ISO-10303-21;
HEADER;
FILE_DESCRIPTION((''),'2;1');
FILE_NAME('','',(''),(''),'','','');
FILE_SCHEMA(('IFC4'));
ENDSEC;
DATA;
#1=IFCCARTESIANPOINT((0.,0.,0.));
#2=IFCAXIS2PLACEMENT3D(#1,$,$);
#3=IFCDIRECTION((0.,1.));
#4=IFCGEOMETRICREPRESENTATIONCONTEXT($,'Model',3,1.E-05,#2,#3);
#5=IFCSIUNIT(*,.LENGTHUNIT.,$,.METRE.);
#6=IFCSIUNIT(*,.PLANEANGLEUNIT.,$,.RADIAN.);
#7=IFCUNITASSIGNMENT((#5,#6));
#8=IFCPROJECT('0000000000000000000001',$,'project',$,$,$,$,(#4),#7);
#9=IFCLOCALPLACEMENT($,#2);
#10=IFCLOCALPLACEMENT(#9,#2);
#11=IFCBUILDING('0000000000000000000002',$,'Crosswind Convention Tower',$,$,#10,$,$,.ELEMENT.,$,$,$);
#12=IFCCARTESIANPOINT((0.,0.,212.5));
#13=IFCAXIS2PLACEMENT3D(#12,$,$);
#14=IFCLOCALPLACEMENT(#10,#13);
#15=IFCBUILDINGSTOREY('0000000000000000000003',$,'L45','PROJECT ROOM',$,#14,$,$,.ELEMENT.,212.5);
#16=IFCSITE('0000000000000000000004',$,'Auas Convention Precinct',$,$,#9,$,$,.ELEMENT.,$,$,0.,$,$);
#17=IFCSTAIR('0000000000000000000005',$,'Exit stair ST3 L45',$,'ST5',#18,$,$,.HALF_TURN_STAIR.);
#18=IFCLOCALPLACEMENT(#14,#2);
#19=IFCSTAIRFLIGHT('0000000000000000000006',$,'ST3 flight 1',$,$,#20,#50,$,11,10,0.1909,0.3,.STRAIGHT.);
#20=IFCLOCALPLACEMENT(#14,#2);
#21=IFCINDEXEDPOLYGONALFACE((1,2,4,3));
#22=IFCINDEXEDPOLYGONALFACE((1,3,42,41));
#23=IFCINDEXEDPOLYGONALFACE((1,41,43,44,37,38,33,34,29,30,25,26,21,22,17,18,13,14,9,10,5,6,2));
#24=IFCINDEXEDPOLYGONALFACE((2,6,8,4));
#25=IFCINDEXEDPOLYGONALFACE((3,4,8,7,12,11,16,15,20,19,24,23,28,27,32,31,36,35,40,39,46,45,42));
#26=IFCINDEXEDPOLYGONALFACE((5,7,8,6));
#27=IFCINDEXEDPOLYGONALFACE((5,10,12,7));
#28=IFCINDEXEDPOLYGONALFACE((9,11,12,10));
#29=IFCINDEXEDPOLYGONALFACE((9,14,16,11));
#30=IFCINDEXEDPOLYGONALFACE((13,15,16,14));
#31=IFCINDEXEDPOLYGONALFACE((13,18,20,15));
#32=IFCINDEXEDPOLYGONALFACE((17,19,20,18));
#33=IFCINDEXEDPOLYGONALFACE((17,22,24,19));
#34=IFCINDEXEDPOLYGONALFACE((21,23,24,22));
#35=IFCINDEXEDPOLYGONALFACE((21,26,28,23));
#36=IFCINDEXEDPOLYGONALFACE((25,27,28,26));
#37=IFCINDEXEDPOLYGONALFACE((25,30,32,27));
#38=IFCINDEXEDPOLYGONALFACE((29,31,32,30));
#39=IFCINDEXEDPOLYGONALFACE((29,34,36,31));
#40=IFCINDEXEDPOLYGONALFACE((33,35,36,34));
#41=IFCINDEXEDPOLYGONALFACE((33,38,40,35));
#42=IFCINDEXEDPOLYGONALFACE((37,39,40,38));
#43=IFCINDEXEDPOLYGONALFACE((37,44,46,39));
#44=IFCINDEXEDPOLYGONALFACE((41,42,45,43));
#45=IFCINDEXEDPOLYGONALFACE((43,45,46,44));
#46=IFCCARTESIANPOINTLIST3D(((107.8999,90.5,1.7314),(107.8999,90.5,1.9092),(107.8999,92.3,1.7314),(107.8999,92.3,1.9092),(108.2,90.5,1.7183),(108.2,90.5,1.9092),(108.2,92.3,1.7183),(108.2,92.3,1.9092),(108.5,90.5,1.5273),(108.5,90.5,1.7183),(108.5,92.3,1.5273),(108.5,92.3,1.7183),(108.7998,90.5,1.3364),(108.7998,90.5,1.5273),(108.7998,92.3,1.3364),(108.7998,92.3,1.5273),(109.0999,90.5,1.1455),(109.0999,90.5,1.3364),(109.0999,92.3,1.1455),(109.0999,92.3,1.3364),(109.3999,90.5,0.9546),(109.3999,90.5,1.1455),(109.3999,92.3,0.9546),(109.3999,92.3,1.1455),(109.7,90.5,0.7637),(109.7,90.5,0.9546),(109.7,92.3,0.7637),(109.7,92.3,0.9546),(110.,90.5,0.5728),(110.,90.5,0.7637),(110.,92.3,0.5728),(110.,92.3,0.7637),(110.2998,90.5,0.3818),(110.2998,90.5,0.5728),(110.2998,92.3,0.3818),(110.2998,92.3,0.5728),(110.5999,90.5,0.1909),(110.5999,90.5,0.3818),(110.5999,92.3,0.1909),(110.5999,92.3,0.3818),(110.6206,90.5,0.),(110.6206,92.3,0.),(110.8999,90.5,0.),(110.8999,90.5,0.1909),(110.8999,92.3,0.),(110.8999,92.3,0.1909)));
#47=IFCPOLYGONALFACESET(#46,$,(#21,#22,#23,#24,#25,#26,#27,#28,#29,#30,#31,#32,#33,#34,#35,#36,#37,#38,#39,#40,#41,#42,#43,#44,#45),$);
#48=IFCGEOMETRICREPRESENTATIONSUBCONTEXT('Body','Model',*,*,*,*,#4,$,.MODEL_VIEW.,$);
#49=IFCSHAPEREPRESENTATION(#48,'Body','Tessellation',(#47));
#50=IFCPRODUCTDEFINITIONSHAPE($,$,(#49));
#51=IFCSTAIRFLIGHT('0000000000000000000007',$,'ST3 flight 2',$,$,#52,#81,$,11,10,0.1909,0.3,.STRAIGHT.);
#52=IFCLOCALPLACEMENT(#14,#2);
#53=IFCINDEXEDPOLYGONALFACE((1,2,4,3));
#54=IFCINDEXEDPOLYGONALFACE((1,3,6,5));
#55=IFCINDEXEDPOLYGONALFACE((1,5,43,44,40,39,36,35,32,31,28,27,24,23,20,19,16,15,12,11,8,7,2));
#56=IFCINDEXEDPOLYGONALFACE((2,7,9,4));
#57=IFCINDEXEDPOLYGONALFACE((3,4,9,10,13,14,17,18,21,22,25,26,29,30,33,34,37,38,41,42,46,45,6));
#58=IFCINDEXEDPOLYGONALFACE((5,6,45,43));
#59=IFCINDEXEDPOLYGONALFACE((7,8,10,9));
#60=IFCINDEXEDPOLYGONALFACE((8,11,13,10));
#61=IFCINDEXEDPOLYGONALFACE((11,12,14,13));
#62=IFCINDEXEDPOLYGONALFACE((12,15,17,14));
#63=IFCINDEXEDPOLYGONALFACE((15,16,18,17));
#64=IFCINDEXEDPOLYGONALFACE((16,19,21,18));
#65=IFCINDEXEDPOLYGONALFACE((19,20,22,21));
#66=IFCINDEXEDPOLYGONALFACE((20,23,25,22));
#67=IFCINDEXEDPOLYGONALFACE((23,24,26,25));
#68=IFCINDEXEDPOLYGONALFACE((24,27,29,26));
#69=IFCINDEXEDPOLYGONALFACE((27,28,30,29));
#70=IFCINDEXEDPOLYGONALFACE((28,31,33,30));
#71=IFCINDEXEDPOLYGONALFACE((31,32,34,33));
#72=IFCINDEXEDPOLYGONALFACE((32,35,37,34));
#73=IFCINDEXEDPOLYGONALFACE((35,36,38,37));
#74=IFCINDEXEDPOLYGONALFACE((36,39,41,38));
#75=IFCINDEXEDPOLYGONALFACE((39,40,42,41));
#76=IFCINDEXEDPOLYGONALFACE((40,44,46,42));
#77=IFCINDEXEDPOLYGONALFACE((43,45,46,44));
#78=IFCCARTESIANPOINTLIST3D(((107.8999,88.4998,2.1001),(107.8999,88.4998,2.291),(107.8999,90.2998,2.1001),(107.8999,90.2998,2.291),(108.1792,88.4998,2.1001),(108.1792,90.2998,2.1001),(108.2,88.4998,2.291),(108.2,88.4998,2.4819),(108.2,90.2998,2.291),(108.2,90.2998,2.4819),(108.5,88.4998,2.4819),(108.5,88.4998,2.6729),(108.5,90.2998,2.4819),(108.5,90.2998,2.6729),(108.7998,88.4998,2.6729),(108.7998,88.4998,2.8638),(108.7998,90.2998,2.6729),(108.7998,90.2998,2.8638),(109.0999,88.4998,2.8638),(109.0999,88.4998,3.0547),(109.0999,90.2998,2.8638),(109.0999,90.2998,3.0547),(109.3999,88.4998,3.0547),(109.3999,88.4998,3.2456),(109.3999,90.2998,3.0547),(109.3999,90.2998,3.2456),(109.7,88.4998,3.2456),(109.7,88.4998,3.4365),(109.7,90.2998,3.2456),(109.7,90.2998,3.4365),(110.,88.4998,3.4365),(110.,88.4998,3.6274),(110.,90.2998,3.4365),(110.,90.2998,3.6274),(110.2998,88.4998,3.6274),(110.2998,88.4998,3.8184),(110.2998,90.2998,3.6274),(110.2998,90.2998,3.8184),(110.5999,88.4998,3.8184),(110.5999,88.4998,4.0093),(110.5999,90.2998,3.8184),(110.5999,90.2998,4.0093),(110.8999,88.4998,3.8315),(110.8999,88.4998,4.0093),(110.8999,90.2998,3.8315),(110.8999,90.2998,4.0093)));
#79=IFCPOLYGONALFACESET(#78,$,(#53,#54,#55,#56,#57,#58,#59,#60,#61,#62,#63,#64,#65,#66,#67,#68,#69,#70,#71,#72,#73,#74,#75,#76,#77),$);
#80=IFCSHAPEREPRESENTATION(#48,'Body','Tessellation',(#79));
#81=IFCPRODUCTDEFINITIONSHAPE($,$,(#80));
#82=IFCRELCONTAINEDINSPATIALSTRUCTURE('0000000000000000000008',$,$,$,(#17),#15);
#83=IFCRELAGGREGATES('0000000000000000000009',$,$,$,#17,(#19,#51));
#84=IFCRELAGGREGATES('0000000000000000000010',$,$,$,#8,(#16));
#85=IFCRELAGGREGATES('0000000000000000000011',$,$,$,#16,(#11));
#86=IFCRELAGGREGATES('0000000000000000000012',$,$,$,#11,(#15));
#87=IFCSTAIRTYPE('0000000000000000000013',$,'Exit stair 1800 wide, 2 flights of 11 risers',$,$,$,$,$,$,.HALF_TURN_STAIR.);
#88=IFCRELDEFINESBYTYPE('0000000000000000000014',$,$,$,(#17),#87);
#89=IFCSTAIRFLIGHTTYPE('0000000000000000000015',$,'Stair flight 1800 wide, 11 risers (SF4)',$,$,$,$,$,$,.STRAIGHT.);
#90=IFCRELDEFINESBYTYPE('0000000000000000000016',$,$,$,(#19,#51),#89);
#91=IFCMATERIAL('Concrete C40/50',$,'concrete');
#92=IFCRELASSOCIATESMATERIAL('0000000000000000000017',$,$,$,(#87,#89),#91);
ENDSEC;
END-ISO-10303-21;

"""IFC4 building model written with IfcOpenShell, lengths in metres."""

from ifc_helpers import new_model, si_unit, direction, frame, origin, place, context, subcontext, project, spatial, polyline, outline, extrude, material, type_object, element, aggregate, save


model = new_model("IFC4")

# Units and contexts
model_context = context("Model", 3, precision=1e-05, world=origin(), true_north=direction((0.0, 1.0)))
body_context = subcontext(model_context, "Body", "Model", "MODEL_VIEW")
ifc_project = project(units=[si_unit("LENGTHUNIT", "METRE"), si_unit("PLANEANGLEUNIT", "RADIAN")], contexts=[model_context])

# Site, building, storey
site_placement = place(None, origin())
site = spatial("IfcSite", under=ifc_project, at=site_placement, Name="Auas Convention Precinct", CompositionType="ELEMENT", RefElevation=0.0)
building_placement = place(site_placement, origin())
building = spatial("IfcBuilding", under=site, at=building_placement, Name="Crosswind Convention Tower", CompositionType="ELEMENT")
storey_placement = place(building_placement, frame((0.0, 0.0, 212.5)))
storey = spatial("IfcBuildingStorey", under=building, at=storey_placement, Name="L45", Description="PROJECT ROOM", CompositionType="ELEMENT", Elevation=212.5)

# Shared definitions
ifc_material_1 = material(Name="Concrete C40/50", Category="concrete")

# Stair
stair_type = type_object("IfcStairType", Name="Exit stair 1800 wide, 2 flights of 11 risers", PredefinedType="HALF_TURN_STAIR", material=ifc_material_1)
stair_1_placement = place(storey_placement, origin())
stair_1 = element("IfcStair", 1, at=stair_1_placement, inside=storey, type_object=stair_type, Name="Exit stair ST3 L45", ObjectType="ST5", PredefinedType="HALF_TURN_STAIR")

# Stair flights
stair_flight_type = type_object("IfcStairFlightType", Name="Stair flight 1800 wide, 11 risers (SF4)", PredefinedType="STRAIGHT", material=ifc_material_1)
stair_flight_1_placement = place(storey_placement, frame((110.8999, 91.3999, 0.0), z_axis=(0.0, 0.0, 1.0), x_axis=(-1.0, 0.0, 0.0)))
stair_flight_1 = element("IfcStairFlight", 2, at=stair_flight_1_placement, type_object=stair_flight_type, Name="ST3 flight 1", NumberOfRisers=11, NumberOfTreads=10, PredefinedType="STRAIGHT", RiserHeight=0.1909, TreadLength=0.3, context=body_context, shape_type="SweptSolid", body=[
    extrude(outline(polyline([(0.0, 0.0), (0.0, 0.1909), (0.3, 0.1909), (0.3, 0.3818), (0.6001, 0.3818), (0.6001, 0.5728), (0.8999, 0.5728), (0.8999, 0.7637), (1.2, 0.7637), (1.2, 0.9546), (1.5, 0.9546), (1.5, 1.1455), (1.8, 1.1455), (1.8, 1.3364), (2.1001, 1.3364), (2.1001, 1.5273), (2.3999, 1.5273), (2.3999, 1.7183), (2.7, 1.7183), (2.7, 1.9092), (3.0, 1.9092), (3.0, 2.1001), (3.0, 1.7314), (0.2793, 0.0), (0.0, 0.0)])), frame((0.0, 0.8999, 0.0), z_axis=(0.0, -1.0, 0.0), x_axis=(1.0, 0.0, 0.0)), (0.0, 0.0, 1.0), 1.8),
])
stair_flight_2_placement = place(storey_placement, frame((107.8999, 89.3999, 2.1001), z_axis=(0.0, 0.0, 1.0), x_axis=(1.0, 0.0, 0.0)))
stair_flight_2 = element("IfcStairFlight", 3, at=stair_flight_2_placement, type_object=stair_flight_type, Name="ST3 flight 2", NumberOfRisers=11, NumberOfTreads=10, PredefinedType="STRAIGHT", RiserHeight=0.1909, TreadLength=0.3, context=body_context, shape_type="SweptSolid", body=[
    extrude(outline(polyline([(0.0, 0.0), (0.0, 0.1909), (0.3, 0.1909), (0.3, 0.3818), (0.6001, 0.3818), (0.6001, 0.5728), (0.8999, 0.5728), (0.8999, 0.7637), (1.2, 0.7637), (1.2, 0.9546), (1.5, 0.9546), (1.5, 1.1455), (1.8, 1.1455), (1.8, 1.3364), (2.1001, 1.3364), (2.1001, 1.5273), (2.3999, 1.5273), (2.3999, 1.7183), (2.7, 1.7183), (2.7, 1.9092), (3.0, 1.9092), (3.0, 2.1001), (3.0, 1.7314), (0.2793, 0.0), (0.0, 0.0)])), frame((0.0, 0.8999, 0.0), z_axis=(0.0, -1.0, 0.0), x_axis=(1.0, 0.0, 0.0)), (0.0, 0.0, 1.0), 1.8),
])
aggregate(stair_1, [stair_flight_1, stair_flight_2])

save(model, "model.ifc")
